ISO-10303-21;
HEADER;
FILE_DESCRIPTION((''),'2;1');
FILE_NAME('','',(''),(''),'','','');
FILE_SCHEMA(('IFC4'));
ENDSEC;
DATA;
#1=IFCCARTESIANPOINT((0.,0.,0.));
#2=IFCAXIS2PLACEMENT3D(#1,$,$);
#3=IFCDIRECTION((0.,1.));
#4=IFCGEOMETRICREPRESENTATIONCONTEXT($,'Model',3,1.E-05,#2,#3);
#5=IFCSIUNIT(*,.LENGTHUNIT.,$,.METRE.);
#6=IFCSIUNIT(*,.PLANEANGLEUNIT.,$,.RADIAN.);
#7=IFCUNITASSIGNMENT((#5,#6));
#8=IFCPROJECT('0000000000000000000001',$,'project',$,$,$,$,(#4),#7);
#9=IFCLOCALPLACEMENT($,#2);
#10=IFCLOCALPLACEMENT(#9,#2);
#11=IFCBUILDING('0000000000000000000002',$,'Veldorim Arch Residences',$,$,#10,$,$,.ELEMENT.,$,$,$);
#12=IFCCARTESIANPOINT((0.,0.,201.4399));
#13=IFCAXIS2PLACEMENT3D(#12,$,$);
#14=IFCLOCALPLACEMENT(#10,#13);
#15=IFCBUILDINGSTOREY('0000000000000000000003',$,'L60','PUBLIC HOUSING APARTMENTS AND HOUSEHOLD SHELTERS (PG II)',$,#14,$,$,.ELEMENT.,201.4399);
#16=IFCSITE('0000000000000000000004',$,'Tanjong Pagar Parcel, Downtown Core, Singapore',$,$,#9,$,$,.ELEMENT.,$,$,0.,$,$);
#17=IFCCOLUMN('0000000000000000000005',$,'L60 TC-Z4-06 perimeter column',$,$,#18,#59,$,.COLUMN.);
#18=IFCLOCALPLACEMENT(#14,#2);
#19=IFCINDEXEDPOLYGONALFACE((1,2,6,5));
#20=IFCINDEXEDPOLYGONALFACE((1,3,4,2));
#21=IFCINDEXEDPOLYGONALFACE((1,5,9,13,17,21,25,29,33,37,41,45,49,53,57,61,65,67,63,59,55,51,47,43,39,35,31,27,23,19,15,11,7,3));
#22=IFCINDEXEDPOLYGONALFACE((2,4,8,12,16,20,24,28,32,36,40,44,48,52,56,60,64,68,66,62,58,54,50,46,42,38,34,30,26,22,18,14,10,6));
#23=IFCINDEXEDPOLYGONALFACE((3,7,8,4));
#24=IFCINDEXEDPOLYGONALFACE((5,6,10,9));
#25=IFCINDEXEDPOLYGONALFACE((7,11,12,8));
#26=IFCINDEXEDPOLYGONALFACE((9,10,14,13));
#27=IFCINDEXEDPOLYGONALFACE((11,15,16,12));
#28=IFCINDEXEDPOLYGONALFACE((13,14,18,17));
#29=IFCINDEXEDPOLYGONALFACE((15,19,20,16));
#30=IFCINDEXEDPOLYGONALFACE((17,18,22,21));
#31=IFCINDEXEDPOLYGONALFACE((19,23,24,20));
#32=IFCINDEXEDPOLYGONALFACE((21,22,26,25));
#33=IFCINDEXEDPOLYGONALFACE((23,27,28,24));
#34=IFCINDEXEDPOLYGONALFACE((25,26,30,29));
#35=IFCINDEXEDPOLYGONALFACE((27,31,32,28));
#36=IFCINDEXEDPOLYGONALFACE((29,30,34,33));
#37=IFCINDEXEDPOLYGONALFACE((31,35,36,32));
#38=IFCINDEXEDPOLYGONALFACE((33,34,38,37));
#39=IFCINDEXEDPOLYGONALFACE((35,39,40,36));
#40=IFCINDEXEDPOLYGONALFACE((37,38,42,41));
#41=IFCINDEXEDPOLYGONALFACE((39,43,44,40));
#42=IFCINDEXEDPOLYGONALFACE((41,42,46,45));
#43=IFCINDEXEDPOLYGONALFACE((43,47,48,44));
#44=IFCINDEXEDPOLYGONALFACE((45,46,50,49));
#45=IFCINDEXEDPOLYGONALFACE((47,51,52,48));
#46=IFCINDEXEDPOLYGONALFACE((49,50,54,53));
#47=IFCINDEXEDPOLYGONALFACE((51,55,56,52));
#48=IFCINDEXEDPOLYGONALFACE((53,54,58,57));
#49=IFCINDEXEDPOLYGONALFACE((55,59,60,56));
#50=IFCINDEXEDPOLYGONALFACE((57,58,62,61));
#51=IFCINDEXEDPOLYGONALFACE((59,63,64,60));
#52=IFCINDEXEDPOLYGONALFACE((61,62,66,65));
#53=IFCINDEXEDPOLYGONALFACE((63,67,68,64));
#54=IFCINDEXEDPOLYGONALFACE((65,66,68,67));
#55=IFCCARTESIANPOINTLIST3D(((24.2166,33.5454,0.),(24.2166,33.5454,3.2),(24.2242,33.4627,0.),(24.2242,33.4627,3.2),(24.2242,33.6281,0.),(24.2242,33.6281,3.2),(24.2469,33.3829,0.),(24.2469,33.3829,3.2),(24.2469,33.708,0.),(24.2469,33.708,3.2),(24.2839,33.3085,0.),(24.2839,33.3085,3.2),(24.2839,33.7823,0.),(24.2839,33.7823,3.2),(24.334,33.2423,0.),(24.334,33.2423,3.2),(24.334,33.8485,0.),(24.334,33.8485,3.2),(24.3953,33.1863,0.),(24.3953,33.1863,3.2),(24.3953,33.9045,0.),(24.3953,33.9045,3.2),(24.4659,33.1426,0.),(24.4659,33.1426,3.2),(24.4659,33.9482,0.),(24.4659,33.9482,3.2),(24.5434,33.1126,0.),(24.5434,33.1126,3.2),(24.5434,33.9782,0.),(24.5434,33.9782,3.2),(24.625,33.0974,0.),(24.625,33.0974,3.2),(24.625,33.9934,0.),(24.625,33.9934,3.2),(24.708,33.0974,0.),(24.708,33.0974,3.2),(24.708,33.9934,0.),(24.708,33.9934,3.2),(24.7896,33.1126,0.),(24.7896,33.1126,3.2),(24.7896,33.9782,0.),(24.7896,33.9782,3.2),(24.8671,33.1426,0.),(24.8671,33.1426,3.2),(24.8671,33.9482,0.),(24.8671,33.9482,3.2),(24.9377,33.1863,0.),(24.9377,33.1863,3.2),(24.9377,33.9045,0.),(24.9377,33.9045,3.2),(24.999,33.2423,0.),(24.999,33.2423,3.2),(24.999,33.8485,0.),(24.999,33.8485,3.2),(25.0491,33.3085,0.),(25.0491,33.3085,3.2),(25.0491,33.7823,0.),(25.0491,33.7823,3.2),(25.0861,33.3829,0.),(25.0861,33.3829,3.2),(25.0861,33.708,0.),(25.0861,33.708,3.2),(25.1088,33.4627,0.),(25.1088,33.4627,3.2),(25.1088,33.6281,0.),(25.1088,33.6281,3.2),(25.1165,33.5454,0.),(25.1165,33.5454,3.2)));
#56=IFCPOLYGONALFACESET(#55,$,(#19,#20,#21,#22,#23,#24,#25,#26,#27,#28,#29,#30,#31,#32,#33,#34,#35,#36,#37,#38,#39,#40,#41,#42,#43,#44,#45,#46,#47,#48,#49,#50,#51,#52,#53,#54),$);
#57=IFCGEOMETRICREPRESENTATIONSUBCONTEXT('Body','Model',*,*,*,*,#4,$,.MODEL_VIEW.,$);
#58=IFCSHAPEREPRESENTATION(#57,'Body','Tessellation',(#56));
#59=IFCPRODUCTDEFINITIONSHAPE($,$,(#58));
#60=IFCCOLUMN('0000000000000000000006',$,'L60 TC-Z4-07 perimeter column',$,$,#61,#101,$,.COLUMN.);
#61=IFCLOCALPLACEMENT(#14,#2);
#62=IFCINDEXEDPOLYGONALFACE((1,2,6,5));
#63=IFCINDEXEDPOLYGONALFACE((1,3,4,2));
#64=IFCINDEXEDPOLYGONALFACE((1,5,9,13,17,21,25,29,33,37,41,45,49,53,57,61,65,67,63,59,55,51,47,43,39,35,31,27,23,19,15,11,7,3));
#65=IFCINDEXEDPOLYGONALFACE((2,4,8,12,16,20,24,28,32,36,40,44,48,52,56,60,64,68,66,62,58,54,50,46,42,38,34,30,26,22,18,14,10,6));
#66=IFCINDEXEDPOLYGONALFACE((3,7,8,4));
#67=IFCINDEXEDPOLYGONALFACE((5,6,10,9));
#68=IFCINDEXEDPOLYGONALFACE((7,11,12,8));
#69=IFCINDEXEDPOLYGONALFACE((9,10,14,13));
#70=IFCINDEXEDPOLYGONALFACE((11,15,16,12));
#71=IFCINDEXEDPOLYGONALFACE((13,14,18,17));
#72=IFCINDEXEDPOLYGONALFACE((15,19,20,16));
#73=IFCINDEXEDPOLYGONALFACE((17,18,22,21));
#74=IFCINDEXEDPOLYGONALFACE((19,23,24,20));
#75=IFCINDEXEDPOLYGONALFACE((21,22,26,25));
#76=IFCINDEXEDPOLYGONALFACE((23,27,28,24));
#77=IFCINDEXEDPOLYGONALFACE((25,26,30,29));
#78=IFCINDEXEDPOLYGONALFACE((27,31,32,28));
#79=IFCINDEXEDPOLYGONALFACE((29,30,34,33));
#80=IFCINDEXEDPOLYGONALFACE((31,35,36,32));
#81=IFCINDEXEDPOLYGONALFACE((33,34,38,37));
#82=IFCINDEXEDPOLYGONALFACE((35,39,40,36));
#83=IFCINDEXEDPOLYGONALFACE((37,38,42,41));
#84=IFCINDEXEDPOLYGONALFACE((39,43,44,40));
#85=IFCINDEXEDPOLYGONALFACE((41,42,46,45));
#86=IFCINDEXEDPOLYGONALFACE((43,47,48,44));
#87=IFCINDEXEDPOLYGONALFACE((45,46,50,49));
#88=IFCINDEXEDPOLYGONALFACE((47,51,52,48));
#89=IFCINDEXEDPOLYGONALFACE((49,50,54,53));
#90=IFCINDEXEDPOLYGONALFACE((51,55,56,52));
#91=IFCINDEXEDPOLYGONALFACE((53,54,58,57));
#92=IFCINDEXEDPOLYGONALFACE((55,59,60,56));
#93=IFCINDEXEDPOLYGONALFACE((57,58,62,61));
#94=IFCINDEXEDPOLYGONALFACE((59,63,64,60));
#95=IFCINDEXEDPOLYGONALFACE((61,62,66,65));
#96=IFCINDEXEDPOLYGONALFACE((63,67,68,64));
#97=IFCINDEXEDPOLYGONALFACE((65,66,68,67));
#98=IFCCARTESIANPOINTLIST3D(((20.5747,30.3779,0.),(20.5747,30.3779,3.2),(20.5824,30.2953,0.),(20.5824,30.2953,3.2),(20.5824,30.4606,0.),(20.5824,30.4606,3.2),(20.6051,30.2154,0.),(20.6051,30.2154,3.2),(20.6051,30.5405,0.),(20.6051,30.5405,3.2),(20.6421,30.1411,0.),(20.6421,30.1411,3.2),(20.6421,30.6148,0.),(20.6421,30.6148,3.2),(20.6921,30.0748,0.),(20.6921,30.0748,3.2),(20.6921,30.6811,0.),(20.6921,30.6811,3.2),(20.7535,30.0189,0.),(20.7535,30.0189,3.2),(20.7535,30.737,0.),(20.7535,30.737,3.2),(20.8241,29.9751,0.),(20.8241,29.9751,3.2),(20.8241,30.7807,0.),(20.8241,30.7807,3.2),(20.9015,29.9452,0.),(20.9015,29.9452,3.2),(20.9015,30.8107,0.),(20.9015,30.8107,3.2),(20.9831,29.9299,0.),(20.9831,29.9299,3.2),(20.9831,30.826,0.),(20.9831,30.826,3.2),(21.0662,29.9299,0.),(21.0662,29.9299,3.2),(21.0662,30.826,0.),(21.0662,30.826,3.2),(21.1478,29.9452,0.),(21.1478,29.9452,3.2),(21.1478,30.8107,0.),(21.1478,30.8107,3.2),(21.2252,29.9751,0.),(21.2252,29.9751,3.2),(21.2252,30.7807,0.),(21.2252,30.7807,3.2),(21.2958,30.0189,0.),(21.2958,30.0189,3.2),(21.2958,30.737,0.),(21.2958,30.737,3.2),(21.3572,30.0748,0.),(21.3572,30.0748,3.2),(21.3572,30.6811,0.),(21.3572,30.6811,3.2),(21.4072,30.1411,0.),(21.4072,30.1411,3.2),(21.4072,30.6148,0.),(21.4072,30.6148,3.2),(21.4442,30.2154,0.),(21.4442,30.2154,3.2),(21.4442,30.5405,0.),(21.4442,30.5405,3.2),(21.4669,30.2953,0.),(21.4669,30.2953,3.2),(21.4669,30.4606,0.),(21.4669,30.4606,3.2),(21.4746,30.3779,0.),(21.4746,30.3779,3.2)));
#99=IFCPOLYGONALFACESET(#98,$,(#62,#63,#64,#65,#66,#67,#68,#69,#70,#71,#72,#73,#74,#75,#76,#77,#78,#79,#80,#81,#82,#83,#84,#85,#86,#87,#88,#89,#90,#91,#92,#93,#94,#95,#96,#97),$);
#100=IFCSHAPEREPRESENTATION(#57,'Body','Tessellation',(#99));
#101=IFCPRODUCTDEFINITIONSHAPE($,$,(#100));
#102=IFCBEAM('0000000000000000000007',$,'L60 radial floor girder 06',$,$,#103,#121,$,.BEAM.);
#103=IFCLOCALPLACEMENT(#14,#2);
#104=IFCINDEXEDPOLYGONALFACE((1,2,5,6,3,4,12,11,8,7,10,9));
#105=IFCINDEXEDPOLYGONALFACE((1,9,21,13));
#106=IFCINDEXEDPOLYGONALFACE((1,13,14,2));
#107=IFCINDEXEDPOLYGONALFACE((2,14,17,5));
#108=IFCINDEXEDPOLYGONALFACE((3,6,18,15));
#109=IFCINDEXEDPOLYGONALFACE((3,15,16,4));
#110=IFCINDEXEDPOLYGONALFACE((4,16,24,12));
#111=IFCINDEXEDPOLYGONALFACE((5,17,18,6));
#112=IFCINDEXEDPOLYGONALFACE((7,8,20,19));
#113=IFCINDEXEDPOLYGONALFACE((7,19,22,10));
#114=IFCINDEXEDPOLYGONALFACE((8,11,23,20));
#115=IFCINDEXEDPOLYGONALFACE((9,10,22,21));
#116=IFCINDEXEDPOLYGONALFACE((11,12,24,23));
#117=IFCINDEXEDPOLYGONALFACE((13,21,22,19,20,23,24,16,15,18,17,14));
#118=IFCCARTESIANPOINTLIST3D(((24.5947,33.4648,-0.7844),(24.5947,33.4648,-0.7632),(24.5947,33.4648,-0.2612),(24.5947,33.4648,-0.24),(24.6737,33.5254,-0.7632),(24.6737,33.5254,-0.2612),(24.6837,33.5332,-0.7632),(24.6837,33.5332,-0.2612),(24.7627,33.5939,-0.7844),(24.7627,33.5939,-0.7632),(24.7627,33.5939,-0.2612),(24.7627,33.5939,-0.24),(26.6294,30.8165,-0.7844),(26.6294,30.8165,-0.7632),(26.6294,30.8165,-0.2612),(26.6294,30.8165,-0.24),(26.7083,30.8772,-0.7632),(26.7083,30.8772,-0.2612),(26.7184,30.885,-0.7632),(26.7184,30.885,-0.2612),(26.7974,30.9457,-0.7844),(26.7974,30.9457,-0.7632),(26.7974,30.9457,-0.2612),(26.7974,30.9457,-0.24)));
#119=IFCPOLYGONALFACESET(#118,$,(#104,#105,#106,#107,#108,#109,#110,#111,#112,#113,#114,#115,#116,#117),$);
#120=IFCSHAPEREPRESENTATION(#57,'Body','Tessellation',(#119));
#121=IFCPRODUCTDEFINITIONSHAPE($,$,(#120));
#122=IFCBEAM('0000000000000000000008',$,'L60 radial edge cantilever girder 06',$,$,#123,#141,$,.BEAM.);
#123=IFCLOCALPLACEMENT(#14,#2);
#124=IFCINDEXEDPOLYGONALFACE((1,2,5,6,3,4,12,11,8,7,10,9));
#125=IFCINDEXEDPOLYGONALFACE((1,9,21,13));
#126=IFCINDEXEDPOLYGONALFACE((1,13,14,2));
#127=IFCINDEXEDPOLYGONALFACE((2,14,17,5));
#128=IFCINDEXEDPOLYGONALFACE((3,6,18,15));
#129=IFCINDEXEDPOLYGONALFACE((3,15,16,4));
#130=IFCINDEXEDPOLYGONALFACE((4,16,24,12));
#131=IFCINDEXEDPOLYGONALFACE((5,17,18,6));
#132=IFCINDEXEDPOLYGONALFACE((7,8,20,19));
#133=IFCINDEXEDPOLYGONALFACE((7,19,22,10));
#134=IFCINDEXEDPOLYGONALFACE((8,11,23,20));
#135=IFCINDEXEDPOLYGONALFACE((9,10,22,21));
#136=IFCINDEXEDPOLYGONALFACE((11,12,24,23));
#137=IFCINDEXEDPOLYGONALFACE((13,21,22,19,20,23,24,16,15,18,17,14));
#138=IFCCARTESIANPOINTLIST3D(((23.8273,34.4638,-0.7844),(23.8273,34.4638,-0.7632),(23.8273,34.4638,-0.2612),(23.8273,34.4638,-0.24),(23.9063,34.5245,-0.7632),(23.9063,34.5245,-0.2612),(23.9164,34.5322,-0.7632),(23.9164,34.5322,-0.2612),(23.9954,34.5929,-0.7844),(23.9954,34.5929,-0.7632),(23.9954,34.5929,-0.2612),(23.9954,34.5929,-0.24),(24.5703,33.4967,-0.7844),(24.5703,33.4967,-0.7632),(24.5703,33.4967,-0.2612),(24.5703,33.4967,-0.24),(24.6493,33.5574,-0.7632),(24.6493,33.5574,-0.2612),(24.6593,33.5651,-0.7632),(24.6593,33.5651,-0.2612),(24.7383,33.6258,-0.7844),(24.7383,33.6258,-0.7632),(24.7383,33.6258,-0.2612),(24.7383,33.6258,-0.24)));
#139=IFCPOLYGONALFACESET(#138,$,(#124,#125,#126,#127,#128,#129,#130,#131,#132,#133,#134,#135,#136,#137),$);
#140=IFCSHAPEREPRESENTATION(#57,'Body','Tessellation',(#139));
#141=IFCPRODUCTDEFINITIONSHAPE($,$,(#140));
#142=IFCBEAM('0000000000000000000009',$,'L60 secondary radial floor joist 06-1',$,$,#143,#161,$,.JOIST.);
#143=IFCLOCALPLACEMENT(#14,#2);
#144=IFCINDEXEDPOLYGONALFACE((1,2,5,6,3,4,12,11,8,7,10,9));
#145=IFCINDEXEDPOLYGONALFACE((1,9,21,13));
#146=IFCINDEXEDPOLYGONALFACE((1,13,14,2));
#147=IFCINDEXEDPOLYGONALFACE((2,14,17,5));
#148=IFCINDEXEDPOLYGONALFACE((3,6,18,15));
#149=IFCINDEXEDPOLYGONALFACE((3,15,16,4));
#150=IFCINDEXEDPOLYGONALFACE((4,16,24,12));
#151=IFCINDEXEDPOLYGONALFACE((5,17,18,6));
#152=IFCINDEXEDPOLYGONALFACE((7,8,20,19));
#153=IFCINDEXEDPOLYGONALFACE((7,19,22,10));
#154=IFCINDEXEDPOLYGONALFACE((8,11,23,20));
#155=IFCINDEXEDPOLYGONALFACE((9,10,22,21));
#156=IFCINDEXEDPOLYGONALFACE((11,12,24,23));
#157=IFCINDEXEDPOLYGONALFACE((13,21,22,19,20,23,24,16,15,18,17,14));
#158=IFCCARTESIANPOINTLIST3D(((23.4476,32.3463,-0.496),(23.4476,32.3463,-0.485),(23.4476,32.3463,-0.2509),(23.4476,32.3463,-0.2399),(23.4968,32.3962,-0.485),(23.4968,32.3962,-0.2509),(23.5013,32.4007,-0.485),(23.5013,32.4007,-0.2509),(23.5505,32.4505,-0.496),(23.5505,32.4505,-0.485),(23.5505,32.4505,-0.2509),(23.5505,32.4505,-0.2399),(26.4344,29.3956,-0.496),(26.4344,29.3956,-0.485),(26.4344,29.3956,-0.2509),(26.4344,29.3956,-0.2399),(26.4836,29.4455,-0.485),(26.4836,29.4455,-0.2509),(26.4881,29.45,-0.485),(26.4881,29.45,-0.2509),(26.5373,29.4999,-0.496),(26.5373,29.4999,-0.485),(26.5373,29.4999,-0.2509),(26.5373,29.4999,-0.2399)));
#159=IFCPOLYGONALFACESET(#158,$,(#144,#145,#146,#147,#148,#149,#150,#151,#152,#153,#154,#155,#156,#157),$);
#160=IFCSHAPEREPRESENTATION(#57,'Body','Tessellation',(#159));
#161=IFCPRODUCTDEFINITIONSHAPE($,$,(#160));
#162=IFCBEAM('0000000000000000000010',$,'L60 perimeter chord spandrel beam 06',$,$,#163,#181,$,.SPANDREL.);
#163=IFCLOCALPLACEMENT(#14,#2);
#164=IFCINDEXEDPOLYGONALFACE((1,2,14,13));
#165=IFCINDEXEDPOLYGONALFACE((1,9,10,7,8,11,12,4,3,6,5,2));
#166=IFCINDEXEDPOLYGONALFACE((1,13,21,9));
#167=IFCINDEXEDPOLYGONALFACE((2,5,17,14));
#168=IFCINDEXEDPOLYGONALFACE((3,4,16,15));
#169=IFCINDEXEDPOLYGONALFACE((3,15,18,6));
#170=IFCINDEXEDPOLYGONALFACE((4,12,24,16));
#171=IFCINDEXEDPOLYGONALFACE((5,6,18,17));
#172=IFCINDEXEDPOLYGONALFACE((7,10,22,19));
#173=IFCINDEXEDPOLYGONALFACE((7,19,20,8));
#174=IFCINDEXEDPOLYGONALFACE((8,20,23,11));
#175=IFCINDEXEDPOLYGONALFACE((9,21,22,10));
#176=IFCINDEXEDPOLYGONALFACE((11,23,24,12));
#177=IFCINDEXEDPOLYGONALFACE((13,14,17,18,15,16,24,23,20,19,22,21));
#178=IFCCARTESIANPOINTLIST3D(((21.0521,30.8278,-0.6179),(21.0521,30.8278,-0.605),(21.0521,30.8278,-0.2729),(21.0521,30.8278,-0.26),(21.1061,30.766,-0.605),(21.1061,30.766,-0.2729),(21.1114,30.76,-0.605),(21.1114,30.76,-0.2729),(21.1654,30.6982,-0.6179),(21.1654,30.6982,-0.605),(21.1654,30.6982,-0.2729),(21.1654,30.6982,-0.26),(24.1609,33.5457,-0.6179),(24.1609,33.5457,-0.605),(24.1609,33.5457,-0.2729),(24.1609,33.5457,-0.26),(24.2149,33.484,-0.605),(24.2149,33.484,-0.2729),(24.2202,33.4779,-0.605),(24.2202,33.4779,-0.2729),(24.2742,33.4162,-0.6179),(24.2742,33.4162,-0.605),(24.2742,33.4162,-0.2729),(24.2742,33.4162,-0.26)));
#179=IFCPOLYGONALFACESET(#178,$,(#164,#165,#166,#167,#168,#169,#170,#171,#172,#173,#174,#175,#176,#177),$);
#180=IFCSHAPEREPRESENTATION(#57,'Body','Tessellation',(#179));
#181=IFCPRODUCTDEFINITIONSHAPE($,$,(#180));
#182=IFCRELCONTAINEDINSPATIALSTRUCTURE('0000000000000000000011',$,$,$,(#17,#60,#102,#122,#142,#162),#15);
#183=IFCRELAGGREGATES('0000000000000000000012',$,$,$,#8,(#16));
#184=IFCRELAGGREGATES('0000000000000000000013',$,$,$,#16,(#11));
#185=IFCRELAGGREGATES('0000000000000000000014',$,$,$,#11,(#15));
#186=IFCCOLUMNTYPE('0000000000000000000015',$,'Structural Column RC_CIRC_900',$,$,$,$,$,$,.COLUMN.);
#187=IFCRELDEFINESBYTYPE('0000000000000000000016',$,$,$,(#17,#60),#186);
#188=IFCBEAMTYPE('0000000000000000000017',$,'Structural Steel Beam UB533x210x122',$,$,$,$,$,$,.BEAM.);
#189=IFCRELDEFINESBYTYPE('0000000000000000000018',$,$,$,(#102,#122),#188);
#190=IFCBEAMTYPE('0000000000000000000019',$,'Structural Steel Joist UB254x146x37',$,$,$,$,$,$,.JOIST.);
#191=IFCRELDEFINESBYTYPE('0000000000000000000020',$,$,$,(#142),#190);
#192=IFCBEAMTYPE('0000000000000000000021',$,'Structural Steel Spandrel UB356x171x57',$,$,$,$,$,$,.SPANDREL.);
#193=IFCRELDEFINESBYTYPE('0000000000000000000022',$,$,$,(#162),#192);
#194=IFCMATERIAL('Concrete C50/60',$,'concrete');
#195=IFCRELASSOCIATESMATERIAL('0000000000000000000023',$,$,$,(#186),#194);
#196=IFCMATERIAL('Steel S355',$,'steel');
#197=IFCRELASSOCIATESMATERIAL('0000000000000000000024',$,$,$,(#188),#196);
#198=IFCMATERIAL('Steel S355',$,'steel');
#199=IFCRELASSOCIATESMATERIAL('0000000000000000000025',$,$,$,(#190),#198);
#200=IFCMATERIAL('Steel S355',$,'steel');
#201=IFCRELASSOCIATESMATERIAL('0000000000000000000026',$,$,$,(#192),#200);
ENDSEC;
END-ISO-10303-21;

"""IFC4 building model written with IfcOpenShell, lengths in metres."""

from ifc_helpers import new_model, si_unit, direction, frame, origin, origin_2d, place, context, subcontext, project, spatial, circle, i_section, extrude, material, material_profile, profile_set, type_object, element, save


model = new_model("IFC4")

# Units and contexts
model_context = context("Model", 3, precision=1e-05, world=origin(), true_north=direction((0.0, 1.0)))
body_context = subcontext(model_context, "Body", "Model", "MODEL_VIEW")
ifc_project = project(units=[si_unit("LENGTHUNIT", "METRE"), si_unit("PLANEANGLEUNIT", "RADIAN")], contexts=[model_context])

# Site, building, storey
site_placement = place(None, origin())
site = spatial("IfcSite", under=ifc_project, at=site_placement, Name="Tanjong Pagar Parcel, Downtown Core, Singapore", CompositionType="ELEMENT", RefElevation=0.0)
building_placement = place(site_placement, origin())
building = spatial("IfcBuilding", under=site, at=building_placement, Name="Veldorim Arch Residences", CompositionType="ELEMENT")
storey_placement = place(building_placement, frame((0.0, 0.0, 201.4399)))
storey = spatial("IfcBuildingStorey", under=building, at=storey_placement, Name="L60", Description="PUBLIC HOUSING APARTMENTS AND HOUSEHOLD SHELTERS (PG II)", CompositionType="ELEMENT", Elevation=201.4399)

# Columns
ifc_material_1 = material(Name="Concrete C50/60", Category="concrete")
ifc_material_profile_1 = material_profile(ifc_material_1, circle(Radius=0.45, at=origin_2d()), Name="RC_CIRC_900")
ifc_profile_set_1 = profile_set([ifc_material_profile_1], Name="Concrete C50/60")
column_type = type_object("IfcColumnType", Name="Structural Column RC_CIRC_900", PredefinedType="COLUMN", material=ifc_profile_set_1)
for number, where, z_axis, x_axis, name in (
    (1, (24.6665, 33.5454, 0.0), (0.0, 0.0, 1.0), (1.0, 0.0, 0.0), "L60 TC-Z4-06 perimeter column"),
    (2, (21.0247, 30.3779, 0.0), (0.0, 0.0, 1.0), (1.0, 0.0, 0.0), "L60 TC-Z4-07 perimeter column"),
):
    element("IfcColumn", number, at=place(storey_placement, frame(where, z_axis=z_axis, x_axis=x_axis)), inside=storey, type_object=column_type, Name=name, PredefinedType="COLUMN", context=body_context, shape_type="SweptSolid", body=[
        extrude(circle(Radius=0.45, at=origin_2d()), origin(), (0.0, 0.0, 1.0), 3.2),
    ])

# Beams
ifc_material_2 = material(Name="Steel S355", Category="steel")
ifc_material_profile_2 = material_profile(ifc_material_2, i_section(OverallWidth=0.2119, OverallDepth=0.5444, WebThickness=0.0127, FlangeThickness=0.0212, at=origin_2d()), Name="UB533x210x122")
ifc_profile_set_2 = profile_set([ifc_material_profile_2], Name="Steel S355")
beam_type_1 = type_object("IfcBeamType", Name="Structural Steel Beam UB533x210x122", PredefinedType="BEAM", material=ifc_profile_set_2)
beam_1_placement = place(storey_placement, frame((26.7134, 30.8811, -0.5122), z_axis=(-0.609258, 0.792972, 0.0), x_axis=(-0.792972, -0.609258, 0.0)))
element("IfcBeam", 3, at=beam_1_placement, inside=storey, type_object=beam_type_1, Name="L60 radial floor girder 06", PredefinedType="BEAM", context=body_context, shape_type="SweptSolid", body=[
    extrude(i_section(OverallWidth=0.2119, OverallDepth=0.5444, WebThickness=0.0127, FlangeThickness=0.0212, at=origin_2d()), origin(), (0.0, 0.0, 1.0), 3.3396),
])
beam_2_placement = place(storey_placement, frame((24.6543, 33.5613, -0.5122), z_axis=(-0.609217, 0.793003, 0.0), x_axis=(-0.793003, -0.609217, 0.0)))
element("IfcBeam", 4, at=beam_2_placement, inside=storey, type_object=beam_type_1, Name="L60 radial edge cantilever girder 06", PredefinedType="BEAM", context=body_context, shape_type="SweptSolid", body=[
    extrude(i_section(OverallWidth=0.2119, OverallDepth=0.5444, WebThickness=0.0127, FlangeThickness=0.0212, at=origin_2d()), origin(), (0.0, 0.0, 1.0), 1.2195),
])
ifc_material_3 = material(Name="Steel S355", Category="steel")
ifc_material_profile_3 = material_profile(ifc_material_3, i_section(OverallWidth=0.1465, OverallDepth=0.2561, WebThickness=0.0063, FlangeThickness=0.011, at=origin_2d()), Name="UB254x146x37")
ifc_profile_set_3 = profile_set([ifc_material_profile_3], Name="Steel S355")
beam_type_2 = type_object("IfcBeamType", Name="Structural Steel Joist UB254x146x37", PredefinedType="JOIST", material=ifc_profile_set_3)
beam_3_placement = place(storey_placement, frame((26.4858, 29.4478, -0.3679), z_axis=(-0.711397, 0.702791, 0.0), x_axis=(-0.702791, -0.711397, 0.0)))
element("IfcBeam", 5, at=beam_3_placement, inside=storey, type_object=beam_type_2, Name="L60 secondary radial floor joist 06-1", PredefinedType="JOIST", context=body_context, shape_type="SweptSolid", body=[
    extrude(i_section(OverallWidth=0.1465, OverallDepth=0.2561, WebThickness=0.0063, FlangeThickness=0.011, at=origin_2d()), origin(), (0.0, 0.0, 1.0), 4.1985),
])
ifc_material_4 = material(Name="Steel S355", Category="steel")
ifc_material_profile_4 = material_profile(ifc_material_4, i_section(OverallWidth=0.1721, OverallDepth=0.3579, WebThickness=0.0081, FlangeThickness=0.0129, at=origin_2d()), Name="UB356x171x57")
ifc_profile_set_4 = profile_set([ifc_material_profile_4], Name="Steel S355")
beam_type_3 = type_object("IfcBeamType", Name="Structural Steel Spandrel UB356x171x57", PredefinedType="SPANDREL", material=ifc_profile_set_4)
beam_4_placement = place(storey_placement, frame((24.2175, 33.481, -0.439), z_axis=(-0.752848, -0.658195, 0.0), x_axis=(0.658195, -0.752848, 0.0)))
element("IfcBeam", 6, at=beam_4_placement, inside=storey, type_object=beam_type_3, Name="L60 perimeter chord spandrel beam 06", PredefinedType="SPANDREL", context=body_context, shape_type="SweptSolid", body=[
    extrude(i_section(OverallWidth=0.1721, OverallDepth=0.3579, WebThickness=0.0081, FlangeThickness=0.0129, at=origin_2d()), origin(), (0.0, 0.0, 1.0), 4.1294),
])

save(model, "model.ifc")
